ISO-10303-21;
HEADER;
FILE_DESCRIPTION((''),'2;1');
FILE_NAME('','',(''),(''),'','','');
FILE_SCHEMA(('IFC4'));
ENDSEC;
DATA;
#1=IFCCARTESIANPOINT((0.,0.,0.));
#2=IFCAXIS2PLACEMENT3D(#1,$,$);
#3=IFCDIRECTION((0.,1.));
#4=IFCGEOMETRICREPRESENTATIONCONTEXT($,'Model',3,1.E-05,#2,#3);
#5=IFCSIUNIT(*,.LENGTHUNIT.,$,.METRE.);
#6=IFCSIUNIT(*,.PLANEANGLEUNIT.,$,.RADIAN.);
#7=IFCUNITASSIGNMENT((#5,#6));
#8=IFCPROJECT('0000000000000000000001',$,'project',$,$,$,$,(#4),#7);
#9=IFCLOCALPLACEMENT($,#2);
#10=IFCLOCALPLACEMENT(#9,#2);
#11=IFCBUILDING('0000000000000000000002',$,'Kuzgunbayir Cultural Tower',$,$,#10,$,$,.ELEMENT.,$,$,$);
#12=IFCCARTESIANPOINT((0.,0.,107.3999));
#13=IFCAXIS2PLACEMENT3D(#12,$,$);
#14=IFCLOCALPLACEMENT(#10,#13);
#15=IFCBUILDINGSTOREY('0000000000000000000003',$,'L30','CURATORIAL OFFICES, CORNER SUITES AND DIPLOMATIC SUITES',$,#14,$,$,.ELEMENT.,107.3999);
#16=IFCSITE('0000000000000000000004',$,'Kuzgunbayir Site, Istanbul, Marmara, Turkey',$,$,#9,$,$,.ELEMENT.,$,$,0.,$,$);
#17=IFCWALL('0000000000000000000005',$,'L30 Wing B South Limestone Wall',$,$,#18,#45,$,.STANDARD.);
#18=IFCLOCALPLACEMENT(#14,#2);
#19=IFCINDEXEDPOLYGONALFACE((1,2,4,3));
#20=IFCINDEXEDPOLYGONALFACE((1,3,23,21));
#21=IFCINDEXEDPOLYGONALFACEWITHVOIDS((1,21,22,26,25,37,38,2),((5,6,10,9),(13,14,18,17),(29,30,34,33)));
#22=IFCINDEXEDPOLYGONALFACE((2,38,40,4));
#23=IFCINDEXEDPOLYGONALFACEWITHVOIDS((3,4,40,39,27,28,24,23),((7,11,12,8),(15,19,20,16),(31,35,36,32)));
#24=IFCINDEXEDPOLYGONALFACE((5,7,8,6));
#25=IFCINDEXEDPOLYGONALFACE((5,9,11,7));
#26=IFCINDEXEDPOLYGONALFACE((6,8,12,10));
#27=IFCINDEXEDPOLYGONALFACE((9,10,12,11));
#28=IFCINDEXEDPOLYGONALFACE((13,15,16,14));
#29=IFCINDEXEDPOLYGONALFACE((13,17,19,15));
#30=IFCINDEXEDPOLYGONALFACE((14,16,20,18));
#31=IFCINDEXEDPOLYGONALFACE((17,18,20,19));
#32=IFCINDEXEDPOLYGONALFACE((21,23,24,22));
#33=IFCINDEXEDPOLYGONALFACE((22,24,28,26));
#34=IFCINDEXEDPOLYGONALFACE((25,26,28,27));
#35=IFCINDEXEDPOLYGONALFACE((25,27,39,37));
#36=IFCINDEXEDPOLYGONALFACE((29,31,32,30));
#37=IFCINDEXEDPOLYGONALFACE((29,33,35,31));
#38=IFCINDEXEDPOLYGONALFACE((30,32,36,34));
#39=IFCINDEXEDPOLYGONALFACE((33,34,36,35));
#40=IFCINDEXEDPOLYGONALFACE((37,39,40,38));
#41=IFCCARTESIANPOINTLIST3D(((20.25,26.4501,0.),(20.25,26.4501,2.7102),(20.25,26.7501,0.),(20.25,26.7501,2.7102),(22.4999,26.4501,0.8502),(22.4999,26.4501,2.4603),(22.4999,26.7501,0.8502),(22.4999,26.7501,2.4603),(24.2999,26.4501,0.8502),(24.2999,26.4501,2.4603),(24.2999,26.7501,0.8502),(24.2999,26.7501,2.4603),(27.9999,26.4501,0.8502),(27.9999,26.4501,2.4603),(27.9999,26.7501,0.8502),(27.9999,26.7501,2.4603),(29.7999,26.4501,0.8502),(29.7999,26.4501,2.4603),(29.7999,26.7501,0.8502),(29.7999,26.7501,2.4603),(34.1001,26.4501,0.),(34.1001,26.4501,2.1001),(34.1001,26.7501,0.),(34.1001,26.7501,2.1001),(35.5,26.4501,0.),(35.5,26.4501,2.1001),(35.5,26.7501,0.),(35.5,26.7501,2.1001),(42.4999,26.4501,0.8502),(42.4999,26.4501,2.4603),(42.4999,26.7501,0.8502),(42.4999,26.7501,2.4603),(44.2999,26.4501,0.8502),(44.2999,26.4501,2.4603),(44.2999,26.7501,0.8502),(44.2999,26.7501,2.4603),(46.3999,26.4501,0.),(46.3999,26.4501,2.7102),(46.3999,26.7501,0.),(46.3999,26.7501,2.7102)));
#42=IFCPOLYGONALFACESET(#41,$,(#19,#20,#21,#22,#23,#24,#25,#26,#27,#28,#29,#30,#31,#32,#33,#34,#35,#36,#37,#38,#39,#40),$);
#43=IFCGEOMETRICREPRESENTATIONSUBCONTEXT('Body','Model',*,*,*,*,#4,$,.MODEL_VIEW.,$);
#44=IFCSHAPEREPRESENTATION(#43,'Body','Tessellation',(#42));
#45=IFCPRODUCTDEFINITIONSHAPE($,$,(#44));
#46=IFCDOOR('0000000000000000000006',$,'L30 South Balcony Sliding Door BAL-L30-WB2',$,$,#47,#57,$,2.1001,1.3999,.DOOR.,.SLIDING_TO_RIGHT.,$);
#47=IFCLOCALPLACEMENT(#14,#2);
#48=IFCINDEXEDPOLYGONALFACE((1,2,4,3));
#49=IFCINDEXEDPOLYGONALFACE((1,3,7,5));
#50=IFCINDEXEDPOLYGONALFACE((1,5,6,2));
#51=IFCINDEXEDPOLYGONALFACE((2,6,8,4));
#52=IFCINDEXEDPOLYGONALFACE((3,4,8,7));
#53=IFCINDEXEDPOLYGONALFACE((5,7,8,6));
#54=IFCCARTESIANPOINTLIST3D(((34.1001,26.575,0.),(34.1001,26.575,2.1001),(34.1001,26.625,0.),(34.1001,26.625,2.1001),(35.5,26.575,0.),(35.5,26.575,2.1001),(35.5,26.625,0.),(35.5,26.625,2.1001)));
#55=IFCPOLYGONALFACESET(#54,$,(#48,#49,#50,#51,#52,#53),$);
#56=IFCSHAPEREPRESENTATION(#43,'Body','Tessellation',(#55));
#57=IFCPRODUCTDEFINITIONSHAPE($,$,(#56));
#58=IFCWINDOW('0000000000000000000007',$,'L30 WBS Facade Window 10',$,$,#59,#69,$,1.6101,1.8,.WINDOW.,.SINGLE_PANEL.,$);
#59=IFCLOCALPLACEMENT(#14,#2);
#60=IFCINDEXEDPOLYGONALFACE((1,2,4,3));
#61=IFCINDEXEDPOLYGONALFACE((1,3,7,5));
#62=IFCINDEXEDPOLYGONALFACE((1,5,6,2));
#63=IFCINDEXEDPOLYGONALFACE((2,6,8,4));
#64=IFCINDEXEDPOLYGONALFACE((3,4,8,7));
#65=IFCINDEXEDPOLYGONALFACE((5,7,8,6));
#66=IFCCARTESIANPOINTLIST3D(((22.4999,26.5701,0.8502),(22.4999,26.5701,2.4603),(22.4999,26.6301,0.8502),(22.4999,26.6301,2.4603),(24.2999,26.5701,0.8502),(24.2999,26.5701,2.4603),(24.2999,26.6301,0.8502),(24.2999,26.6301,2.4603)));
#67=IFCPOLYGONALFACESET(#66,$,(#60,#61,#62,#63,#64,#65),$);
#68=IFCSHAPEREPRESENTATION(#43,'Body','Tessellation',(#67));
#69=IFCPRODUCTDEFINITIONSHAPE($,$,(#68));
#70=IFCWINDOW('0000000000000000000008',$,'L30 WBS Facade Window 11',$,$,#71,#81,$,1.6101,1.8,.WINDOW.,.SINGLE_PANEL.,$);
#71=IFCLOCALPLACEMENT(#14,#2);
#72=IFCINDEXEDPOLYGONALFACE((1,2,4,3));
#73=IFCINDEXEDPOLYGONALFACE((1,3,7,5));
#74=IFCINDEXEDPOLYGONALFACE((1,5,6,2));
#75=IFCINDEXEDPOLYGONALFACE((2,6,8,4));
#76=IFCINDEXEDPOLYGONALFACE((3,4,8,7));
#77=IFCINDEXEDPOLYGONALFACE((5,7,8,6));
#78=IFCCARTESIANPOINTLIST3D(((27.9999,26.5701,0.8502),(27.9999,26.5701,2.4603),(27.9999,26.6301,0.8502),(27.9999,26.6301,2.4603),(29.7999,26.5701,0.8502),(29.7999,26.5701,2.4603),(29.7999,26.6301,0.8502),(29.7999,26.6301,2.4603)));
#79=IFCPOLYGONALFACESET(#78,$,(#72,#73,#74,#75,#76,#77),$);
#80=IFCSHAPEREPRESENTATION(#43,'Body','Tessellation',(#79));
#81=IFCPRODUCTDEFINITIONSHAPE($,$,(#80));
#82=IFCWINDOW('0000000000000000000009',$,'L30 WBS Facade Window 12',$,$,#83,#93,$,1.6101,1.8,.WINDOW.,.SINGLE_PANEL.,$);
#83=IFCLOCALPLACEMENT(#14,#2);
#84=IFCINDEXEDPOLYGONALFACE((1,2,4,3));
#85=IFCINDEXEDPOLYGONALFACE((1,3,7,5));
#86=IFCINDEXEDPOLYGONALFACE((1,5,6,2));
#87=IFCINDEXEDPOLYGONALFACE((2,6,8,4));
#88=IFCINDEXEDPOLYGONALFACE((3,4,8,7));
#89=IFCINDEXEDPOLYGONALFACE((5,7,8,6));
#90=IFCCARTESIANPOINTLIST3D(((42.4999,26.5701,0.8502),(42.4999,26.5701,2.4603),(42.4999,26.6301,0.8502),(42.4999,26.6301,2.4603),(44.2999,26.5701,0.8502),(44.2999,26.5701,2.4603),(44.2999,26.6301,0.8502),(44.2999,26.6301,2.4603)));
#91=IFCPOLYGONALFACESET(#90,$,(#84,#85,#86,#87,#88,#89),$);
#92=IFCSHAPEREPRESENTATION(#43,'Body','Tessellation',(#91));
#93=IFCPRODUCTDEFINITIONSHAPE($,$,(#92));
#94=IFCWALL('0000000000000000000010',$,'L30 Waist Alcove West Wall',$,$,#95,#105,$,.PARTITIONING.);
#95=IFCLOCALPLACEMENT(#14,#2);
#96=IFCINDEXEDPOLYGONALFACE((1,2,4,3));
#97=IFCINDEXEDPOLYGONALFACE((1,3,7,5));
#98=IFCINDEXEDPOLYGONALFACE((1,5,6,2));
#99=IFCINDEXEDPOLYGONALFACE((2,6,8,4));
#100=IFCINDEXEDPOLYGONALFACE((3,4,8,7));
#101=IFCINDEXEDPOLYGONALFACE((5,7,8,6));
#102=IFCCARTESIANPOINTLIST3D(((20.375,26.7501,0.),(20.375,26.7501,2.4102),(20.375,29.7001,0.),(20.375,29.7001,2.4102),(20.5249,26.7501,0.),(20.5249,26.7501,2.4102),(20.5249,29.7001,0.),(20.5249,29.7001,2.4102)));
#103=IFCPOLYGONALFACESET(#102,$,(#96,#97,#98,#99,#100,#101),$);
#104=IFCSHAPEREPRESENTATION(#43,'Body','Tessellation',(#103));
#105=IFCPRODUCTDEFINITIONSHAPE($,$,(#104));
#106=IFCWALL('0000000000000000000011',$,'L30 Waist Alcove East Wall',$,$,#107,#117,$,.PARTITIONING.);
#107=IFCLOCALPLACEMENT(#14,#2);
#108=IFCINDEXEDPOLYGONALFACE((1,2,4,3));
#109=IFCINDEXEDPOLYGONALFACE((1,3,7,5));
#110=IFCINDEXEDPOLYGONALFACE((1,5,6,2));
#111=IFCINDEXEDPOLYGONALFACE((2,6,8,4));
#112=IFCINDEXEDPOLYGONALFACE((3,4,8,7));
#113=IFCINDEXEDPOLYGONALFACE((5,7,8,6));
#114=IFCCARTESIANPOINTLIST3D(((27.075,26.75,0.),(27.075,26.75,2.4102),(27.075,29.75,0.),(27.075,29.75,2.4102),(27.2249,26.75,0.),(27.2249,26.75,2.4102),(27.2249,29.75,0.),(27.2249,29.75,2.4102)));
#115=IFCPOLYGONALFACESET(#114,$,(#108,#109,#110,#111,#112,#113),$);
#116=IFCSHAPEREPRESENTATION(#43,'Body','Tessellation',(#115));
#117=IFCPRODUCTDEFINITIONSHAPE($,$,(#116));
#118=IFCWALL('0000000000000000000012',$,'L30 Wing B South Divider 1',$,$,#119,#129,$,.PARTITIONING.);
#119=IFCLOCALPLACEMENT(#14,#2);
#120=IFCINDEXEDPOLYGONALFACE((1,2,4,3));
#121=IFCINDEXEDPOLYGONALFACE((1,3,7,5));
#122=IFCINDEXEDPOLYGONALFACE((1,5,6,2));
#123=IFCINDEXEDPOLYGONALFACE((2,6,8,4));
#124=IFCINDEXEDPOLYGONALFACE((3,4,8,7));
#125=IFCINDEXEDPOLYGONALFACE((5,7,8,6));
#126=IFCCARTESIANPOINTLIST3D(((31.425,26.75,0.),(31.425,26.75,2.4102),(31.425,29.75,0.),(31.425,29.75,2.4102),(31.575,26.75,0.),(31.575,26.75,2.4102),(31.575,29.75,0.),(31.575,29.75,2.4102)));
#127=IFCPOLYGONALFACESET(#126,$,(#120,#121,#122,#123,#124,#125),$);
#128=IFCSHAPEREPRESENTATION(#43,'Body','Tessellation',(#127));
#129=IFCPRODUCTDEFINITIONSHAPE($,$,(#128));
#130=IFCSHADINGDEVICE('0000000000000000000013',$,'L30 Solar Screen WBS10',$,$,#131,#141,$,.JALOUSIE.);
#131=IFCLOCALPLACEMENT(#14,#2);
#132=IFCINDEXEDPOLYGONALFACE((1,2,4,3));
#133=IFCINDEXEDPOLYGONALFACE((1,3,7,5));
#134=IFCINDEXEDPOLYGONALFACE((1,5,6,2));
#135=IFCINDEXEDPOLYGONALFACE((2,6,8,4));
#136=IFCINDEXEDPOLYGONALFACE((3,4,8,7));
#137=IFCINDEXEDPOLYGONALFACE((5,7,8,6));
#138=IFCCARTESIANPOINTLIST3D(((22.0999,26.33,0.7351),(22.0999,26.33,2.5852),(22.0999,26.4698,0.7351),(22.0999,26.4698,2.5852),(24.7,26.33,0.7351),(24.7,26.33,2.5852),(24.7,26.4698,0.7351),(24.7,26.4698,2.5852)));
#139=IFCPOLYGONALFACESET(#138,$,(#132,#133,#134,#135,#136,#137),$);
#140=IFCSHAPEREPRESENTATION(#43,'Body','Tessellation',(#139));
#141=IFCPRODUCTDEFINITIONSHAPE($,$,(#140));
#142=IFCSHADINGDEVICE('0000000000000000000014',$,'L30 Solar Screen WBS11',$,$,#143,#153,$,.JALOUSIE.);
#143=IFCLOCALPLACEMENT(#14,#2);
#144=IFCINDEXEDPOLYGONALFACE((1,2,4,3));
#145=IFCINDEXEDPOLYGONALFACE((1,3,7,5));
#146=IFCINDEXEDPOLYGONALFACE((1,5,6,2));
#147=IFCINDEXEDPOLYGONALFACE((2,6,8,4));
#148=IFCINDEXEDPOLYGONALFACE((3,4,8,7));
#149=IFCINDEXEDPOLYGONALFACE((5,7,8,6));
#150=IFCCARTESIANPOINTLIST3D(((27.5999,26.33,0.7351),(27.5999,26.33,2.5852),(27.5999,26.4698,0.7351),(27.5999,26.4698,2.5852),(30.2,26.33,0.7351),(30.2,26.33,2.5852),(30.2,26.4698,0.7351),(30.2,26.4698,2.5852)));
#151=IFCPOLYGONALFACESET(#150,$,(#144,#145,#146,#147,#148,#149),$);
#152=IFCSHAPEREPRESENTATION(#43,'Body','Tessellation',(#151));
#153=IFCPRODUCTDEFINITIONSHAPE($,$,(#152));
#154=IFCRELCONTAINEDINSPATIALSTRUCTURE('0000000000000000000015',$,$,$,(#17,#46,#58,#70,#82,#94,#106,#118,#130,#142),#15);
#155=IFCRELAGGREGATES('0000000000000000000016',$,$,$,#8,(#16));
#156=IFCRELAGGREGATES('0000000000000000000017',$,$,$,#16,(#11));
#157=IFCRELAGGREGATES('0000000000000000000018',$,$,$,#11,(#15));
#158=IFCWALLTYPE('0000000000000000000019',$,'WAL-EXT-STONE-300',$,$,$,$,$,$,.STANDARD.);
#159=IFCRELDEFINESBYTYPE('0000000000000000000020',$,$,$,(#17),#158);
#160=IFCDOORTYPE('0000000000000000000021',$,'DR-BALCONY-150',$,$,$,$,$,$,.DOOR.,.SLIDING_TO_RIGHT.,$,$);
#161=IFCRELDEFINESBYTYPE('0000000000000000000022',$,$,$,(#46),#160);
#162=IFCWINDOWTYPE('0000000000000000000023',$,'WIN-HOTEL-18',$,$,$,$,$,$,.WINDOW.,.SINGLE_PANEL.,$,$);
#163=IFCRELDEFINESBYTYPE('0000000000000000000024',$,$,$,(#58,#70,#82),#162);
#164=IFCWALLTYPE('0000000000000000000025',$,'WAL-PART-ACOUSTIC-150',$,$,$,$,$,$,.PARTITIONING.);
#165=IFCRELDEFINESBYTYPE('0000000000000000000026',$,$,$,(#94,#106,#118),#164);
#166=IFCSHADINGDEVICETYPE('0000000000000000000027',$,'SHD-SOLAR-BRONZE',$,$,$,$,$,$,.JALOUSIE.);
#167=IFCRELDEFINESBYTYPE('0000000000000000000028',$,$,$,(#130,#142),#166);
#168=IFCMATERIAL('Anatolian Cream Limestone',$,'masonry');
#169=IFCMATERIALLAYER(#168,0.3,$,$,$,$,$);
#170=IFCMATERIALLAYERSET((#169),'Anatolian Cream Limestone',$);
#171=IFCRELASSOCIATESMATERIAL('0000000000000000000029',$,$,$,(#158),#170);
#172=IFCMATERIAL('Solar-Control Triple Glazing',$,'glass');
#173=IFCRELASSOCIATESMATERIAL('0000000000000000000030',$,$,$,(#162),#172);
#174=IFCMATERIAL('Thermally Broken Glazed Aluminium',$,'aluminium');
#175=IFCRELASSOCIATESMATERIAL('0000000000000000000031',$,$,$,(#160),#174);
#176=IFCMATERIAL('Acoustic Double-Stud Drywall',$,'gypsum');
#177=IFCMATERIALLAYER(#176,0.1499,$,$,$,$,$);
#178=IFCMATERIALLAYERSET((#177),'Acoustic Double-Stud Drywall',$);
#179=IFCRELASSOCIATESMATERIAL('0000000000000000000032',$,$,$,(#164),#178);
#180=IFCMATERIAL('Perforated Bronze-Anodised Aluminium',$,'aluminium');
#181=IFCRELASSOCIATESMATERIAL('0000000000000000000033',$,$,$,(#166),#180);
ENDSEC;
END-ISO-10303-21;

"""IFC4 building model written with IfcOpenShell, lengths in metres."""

from ifc_helpers import new_model, si_unit, direction, frame, frame_2d, origin, origin_2d, place, context, subcontext, project, spatial, rectangle, extrude, material, layer, layer_set, type_object, element, fill, save


model = new_model("IFC4")

# Units and contexts
model_context = context("Model", 3, precision=1e-05, world=origin(), true_north=direction((0.0, 1.0)))
body_context = subcontext(model_context, "Body", "Model", "MODEL_VIEW")
ifc_project = project(units=[si_unit("LENGTHUNIT", "METRE"), si_unit("PLANEANGLEUNIT", "RADIAN")], contexts=[model_context])

# Site, building, storey
site_placement = place(None, origin())
site = spatial("IfcSite", under=ifc_project, at=site_placement, Name="Kuzgunbayir Site, Istanbul, Marmara, Turkey", CompositionType="ELEMENT", RefElevation=0.0)
building_placement = place(site_placement, origin())
building = spatial("IfcBuilding", under=site, at=building_placement, Name="Kuzgunbayir Cultural Tower", CompositionType="ELEMENT")
storey_placement = place(building_placement, frame((0.0, 0.0, 107.3999)))
storey = spatial("IfcBuildingStorey", under=building, at=storey_placement, Name="L30", Description="CURATORIAL OFFICES, CORNER SUITES AND DIPLOMATIC SUITES", CompositionType="ELEMENT", Elevation=107.3999)

# Shared definitions
ifc_material_1 = material(Name="Anatolian Cream Limestone", Category="masonry")
ifc_layer_1 = layer(ifc_material_1, 0.3)
ifc_layer_set_1 = layer_set([ifc_layer_1], Name="Anatolian Cream Limestone")
wall_type_1 = type_object("IfcWallType", Name="WAL-EXT-STONE-300", PredefinedType="STANDARD", material=ifc_layer_set_1)
ifc_material_2 = material(Name="Solar-Control Triple Glazing", Category="glass")
window_type = type_object("IfcWindowType", Name="WIN-HOTEL-18", PartitioningType="SINGLE_PANEL", PredefinedType="WINDOW", material=ifc_material_2)

# Wall, openings, door, windows
wall_1_placement = place(storey_placement, frame((20.25, 26.6001, 0.0), z_axis=(0.0, 0.0, 1.0), x_axis=(1.0, 0.0, 0.0)))
wall_1 = element("IfcWall", 1, at=wall_1_placement, inside=storey, type_object=wall_type_1, Name="L30 Wing B South Limestone Wall", PredefinedType="STANDARD", context=body_context, shape_type="SweptSolid", body=[
    extrude(rectangle(XDim=26.1499, YDim=0.3, at=frame_2d((13.075, 0.0))), origin(), (0.0, 0.0, 1.0), 2.7102),
])
opening_1_placement = place(wall_1_placement, frame((13.8501, 0.0, 0.0)))
opening_1 = element("IfcOpeningElement", 2, at=opening_1_placement, cuts=wall_1, PredefinedType="OPENING", context=body_context, shape_type="SweptSolid", body=[
    extrude(rectangle(XDim=1.3999, YDim=2.1001, at=frame_2d((0.7, 1.05))), frame((0.0, 0.1602, 0.0), z_axis=(0.0, -1.0, 0.0), x_axis=(1.0, 0.0, 0.0)), (0.0, 0.0, 1.0), 0.3201),
])
opening_2_placement = place(wall_1_placement, frame((2.25, 0.0, 0.8501)))
opening_2 = element("IfcOpeningElement", 3, at=opening_2_placement, cuts=wall_1, PredefinedType="OPENING", context=body_context, shape_type="SweptSolid", body=[
    extrude(rectangle(XDim=1.8, YDim=1.6101, at=frame_2d((0.8999, 0.8052))), frame((0.0, 0.1602, 0.0), z_axis=(0.0, -1.0, 0.0), x_axis=(1.0, 0.0, 0.0)), (0.0, 0.0, 1.0), 0.3201),
])
opening_3_placement = place(wall_1_placement, frame((7.75, 0.0, 0.8501)))
opening_3 = element("IfcOpeningElement", 4, at=opening_3_placement, cuts=wall_1, PredefinedType="OPENING", context=body_context, shape_type="SweptSolid", body=[
    extrude(rectangle(XDim=1.8, YDim=1.6101, at=frame_2d((0.8999, 0.8052))), frame((0.0, 0.1602, 0.0), z_axis=(0.0, -1.0, 0.0), x_axis=(1.0, 0.0, 0.0)), (0.0, 0.0, 1.0), 0.3201),
])
opening_4_placement = place(wall_1_placement, frame((22.25, 0.0, 0.8501)))
opening_4 = element("IfcOpeningElement", 5, at=opening_4_placement, cuts=wall_1, PredefinedType="OPENING", context=body_context, shape_type="SweptSolid", body=[
    extrude(rectangle(XDim=1.8, YDim=1.6101, at=frame_2d((0.8999, 0.8052))), frame((0.0, 0.1602, 0.0), z_axis=(0.0, -1.0, 0.0), x_axis=(1.0, 0.0, 0.0)), (0.0, 0.0, 1.0), 0.3201),
])
ifc_material_3 = material(Name="Thermally Broken Glazed Aluminium", Category="aluminium")
door_type = type_object("IfcDoorType", Name="DR-BALCONY-150", OperationType="SLIDING_TO_RIGHT", PredefinedType="DOOR", material=ifc_material_3)
door_placement = place(opening_1_placement, origin())
door = element("IfcDoor", 6, at=door_placement, inside=storey, type_object=door_type, Name="L30 South Balcony Sliding Door BAL-L30-WB2", OperationType="SLIDING_TO_RIGHT", OverallHeight=2.1001, OverallWidth=1.3999, PredefinedType="DOOR", context=body_context, shape_type="SweptSolid", body=[
    extrude(rectangle(XDim=1.3999, YDim=2.1001, at=frame_2d((0.7, 1.05))), frame((0.0, 0.0249, 0.0), z_axis=(0.0, -1.0, 0.0), x_axis=(1.0, 0.0, 0.0)), (0.0, 0.0, 1.0), 0.05),
])
fill(opening_1, door)
window_1_placement = place(opening_2_placement, origin())
window_1 = element("IfcWindow", 7, at=window_1_placement, inside=storey, type_object=window_type, Name="L30 WBS Facade Window 10", OverallHeight=1.6101, OverallWidth=1.8, PartitioningType="SINGLE_PANEL", PredefinedType="WINDOW", context=body_context, shape_type="SweptSolid", body=[
    extrude(rectangle(XDim=1.8, YDim=1.6101, at=frame_2d((0.8999, 0.8052))), frame((0.0, 0.03, 0.0), z_axis=(0.0, -1.0, 0.0), x_axis=(1.0, 0.0, 0.0)), (0.0, 0.0, 1.0), 0.0601),
])
fill(opening_2, window_1)
window_2_placement = place(opening_3_placement, origin())
window_2 = element("IfcWindow", 8, at=window_2_placement, inside=storey, type_object=window_type, Name="L30 WBS Facade Window 11", OverallHeight=1.6101, OverallWidth=1.8, PartitioningType="SINGLE_PANEL", PredefinedType="WINDOW", context=body_context, shape_type="SweptSolid", body=[
    extrude(rectangle(XDim=1.8, YDim=1.6101, at=frame_2d((0.8999, 0.8052))), frame((0.0, 0.03, 0.0), z_axis=(0.0, -1.0, 0.0), x_axis=(1.0, 0.0, 0.0)), (0.0, 0.0, 1.0), 0.0601),
])
fill(opening_3, window_2)
window_3_placement = place(opening_4_placement, origin())
window_3 = element("IfcWindow", 9, at=window_3_placement, inside=storey, type_object=window_type, Name="L30 WBS Facade Window 12", OverallHeight=1.6101, OverallWidth=1.8, PartitioningType="SINGLE_PANEL", PredefinedType="WINDOW", context=body_context, shape_type="SweptSolid", body=[
    extrude(rectangle(XDim=1.8, YDim=1.6101, at=frame_2d((0.8999, 0.8052))), frame((0.0, 0.03, 0.0), z_axis=(0.0, -1.0, 0.0), x_axis=(1.0, 0.0, 0.0)), (0.0, 0.0, 1.0), 0.0601),
])
fill(opening_4, window_3)

# Walls
ifc_material_4 = material(Name="Acoustic Double-Stud Drywall", Category="gypsum")
ifc_layer_2 = layer(ifc_material_4, 0.1499)
ifc_layer_set_2 = layer_set([ifc_layer_2], Name="Acoustic Double-Stud Drywall")
wall_type_2 = type_object("IfcWallType", Name="WAL-PART-ACOUSTIC-150", PredefinedType="PARTITIONING", material=ifc_layer_set_2)
wall_2_placement = place(storey_placement, frame((20.45, 26.75, 0.0), z_axis=(0.0, 0.0, 1.0), x_axis=(0.0, 1.0, 0.0)))
element("IfcWall", 10, at=wall_2_placement, inside=storey, type_object=wall_type_2, Name="L30 Waist Alcove West Wall", PredefinedType="PARTITIONING", context=body_context, shape_type="SweptSolid", body=[
    extrude(rectangle(XDim=2.95, YDim=0.1499, at=frame_2d((1.4751, 0.0))), origin(), (0.0, 0.0, 1.0), 2.4102),
])
for number, where, z_axis, x_axis, name in (
    (11, (27.1499, 26.75, 0.0), (0.0, 0.0, 1.0), (0.0, 1.0, 0.0), "L30 Waist Alcove East Wall"),
    (12, (31.5, 26.75, 0.0), (0.0, 0.0, 1.0), (0.0, 1.0, 0.0), "L30 Wing B South Divider 1"),
):
    element("IfcWall", number, at=place(storey_placement, frame(where, z_axis=z_axis, x_axis=x_axis)), inside=storey, type_object=wall_type_2, Name=name, PredefinedType="PARTITIONING", context=body_context, shape_type="SweptSolid", body=[
        extrude(rectangle(XDim=3.0, YDim=0.1499, at=frame_2d((1.5, 0.0))), origin(), (0.0, 0.0, 1.0), 2.4102),
    ])

# Shading devices
ifc_material_5 = material(Name="Perforated Bronze-Anodised Aluminium", Category="aluminium")
shading_device_type = type_object("IfcShadingDeviceType", Name="SHD-SOLAR-BRONZE", PredefinedType="JALOUSIE", material=ifc_material_5)
for number, where, z_axis, x_axis, name in (
    (13, (23.3999, 26.3999, 0.7351), (0.0, 0.0, 1.0), (1.0, 0.0, 0.0), "L30 Solar Screen WBS10"),
    (14, (28.8999, 26.3999, 0.7351), (0.0, 0.0, 1.0), (1.0, 0.0, 0.0), "L30 Solar Screen WBS11"),
):
    element("IfcShadingDevice", number, at=place(storey_placement, frame(where, z_axis=z_axis, x_axis=x_axis)), inside=storey, type_object=shading_device_type, Name=name, PredefinedType="JALOUSIE", context=body_context, shape_type="SweptSolid", body=[
        extrude(rectangle(XDim=2.6001, YDim=0.1399, at=origin_2d()), origin(), (0.0, 0.0, 1.0), 1.8501),
    ])

save(model, "model.ifc")
